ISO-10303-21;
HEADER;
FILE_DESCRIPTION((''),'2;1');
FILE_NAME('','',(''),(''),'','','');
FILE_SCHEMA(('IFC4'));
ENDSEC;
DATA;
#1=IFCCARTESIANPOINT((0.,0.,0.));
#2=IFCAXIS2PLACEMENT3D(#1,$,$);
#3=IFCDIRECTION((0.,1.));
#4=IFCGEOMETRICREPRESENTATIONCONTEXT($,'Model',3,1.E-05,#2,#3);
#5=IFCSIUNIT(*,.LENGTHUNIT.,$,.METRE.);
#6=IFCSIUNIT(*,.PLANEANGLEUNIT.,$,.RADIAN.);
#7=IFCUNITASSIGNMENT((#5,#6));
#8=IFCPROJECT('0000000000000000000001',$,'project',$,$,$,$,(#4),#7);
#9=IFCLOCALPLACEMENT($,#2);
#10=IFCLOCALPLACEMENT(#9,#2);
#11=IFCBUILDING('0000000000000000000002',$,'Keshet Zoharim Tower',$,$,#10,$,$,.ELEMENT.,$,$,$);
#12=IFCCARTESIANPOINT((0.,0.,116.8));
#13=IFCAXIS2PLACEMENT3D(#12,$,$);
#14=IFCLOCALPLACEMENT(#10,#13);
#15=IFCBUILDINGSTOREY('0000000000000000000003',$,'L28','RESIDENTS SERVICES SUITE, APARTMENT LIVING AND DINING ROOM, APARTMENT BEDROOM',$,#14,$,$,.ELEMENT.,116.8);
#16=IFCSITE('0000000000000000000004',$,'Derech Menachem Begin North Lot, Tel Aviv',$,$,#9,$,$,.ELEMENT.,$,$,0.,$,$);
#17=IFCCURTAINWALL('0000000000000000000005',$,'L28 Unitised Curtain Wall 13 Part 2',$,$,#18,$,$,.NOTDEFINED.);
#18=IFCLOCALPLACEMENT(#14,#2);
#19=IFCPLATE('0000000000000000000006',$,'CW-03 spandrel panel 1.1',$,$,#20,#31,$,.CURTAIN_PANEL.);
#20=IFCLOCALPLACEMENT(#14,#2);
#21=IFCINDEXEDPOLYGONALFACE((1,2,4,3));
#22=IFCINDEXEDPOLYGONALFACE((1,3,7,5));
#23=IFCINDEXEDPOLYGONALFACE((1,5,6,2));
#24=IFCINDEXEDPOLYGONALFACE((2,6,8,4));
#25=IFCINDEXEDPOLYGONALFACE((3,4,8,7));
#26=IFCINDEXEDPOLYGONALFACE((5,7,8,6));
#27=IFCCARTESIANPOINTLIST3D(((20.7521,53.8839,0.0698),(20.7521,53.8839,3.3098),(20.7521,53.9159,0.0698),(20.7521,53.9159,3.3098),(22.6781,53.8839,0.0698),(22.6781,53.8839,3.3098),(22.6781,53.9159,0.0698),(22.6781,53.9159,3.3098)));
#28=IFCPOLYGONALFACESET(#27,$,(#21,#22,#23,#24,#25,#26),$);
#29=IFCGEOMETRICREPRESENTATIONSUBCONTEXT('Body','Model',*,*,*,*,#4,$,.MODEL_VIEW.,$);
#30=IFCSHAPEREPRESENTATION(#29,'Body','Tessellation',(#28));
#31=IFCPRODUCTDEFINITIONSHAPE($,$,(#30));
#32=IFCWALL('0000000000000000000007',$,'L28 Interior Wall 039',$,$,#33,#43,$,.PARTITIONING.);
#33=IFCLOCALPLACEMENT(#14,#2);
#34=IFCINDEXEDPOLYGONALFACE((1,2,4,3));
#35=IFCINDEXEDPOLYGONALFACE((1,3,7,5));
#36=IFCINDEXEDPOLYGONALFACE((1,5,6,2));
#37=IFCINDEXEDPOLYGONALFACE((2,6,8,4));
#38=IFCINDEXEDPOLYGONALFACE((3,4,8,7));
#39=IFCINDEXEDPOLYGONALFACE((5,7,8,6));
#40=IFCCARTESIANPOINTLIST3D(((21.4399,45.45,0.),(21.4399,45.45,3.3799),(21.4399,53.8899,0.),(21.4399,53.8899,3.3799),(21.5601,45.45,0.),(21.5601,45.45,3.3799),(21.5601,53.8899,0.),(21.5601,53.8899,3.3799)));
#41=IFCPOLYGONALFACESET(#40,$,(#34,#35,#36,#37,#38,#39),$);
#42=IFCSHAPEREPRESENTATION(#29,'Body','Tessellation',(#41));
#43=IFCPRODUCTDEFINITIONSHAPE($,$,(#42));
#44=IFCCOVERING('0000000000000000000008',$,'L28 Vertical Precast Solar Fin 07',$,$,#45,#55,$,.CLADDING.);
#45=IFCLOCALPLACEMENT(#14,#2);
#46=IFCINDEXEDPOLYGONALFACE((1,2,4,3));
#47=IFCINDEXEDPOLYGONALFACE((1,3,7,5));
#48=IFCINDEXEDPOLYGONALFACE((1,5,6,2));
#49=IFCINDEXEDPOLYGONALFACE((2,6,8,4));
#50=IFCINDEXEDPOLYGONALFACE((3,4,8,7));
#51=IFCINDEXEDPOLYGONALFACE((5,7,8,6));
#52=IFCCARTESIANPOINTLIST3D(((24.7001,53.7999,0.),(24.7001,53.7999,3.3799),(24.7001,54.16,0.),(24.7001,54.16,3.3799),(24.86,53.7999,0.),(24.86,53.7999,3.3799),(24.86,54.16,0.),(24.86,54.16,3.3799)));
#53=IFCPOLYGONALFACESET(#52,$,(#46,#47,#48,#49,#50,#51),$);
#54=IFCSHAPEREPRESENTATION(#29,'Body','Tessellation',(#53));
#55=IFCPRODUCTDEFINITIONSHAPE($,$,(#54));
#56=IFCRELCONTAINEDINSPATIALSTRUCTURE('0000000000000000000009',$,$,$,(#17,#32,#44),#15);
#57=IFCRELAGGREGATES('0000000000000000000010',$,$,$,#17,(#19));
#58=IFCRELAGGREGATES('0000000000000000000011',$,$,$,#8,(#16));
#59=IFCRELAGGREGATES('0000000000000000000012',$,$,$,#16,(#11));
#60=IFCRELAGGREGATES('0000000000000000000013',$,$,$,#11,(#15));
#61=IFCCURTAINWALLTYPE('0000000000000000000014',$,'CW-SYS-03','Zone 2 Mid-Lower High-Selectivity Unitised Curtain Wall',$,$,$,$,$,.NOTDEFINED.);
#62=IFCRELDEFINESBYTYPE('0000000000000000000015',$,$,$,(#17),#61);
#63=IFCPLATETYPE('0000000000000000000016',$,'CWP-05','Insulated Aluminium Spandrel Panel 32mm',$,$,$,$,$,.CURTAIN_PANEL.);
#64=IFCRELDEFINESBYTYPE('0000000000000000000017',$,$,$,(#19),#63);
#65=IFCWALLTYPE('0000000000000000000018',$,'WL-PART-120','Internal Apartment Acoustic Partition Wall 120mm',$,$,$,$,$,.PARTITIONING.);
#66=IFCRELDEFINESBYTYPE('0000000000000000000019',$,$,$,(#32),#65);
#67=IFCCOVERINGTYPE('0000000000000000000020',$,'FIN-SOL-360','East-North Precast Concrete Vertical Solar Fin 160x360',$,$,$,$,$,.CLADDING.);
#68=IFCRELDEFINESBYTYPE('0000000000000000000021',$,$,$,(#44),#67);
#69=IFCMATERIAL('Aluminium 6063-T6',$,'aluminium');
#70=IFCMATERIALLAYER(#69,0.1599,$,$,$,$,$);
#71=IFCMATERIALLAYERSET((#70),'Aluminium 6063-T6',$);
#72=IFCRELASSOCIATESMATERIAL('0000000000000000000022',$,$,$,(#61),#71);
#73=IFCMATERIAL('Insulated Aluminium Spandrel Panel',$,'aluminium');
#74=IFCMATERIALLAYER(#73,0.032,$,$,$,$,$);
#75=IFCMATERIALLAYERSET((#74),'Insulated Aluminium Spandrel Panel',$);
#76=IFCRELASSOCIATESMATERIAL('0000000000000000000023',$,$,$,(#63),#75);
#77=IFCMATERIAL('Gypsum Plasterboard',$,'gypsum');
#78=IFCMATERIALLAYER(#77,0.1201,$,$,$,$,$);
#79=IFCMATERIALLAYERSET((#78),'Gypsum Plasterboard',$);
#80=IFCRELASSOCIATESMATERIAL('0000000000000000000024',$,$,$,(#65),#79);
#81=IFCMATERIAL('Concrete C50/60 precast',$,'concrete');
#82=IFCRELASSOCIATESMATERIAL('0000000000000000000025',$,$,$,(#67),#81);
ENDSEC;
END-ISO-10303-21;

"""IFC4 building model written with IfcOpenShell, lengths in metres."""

from ifc_helpers import new_model, si_unit, direction, frame, frame_2d, origin, origin_2d, place, context, subcontext, project, spatial, rectangle, extrude, material, layer, layer_set, type_object, element, aggregate, save


model = new_model("IFC4")

# Units and contexts
model_context = context("Model", 3, precision=1e-05, world=origin(), true_north=direction((0.0, 1.0)))
body_context = subcontext(model_context, "Body", "Model", "MODEL_VIEW")
ifc_project = project(units=[si_unit("LENGTHUNIT", "METRE"), si_unit("PLANEANGLEUNIT", "RADIAN")], contexts=[model_context])

# Site, building, storey
site_placement = place(None, origin())
site = spatial("IfcSite", under=ifc_project, at=site_placement, Name="Derech Menachem Begin North Lot, Tel Aviv", CompositionType="ELEMENT", RefElevation=0.0)
building_placement = place(site_placement, origin())
building = spatial("IfcBuilding", under=site, at=building_placement, Name="Keshet Zoharim Tower", CompositionType="ELEMENT")
storey_placement = place(building_placement, frame((0.0, 0.0, 116.8)))
storey = spatial("IfcBuildingStorey", under=building, at=storey_placement, Name="L28", Description="RESIDENTS SERVICES SUITE, APARTMENT LIVING AND DINING ROOM, APARTMENT BEDROOM", CompositionType="ELEMENT", Elevation=116.8)

# Curtain wall
ifc_material_1 = material(Name="Aluminium 6063-T6", Category="aluminium")
ifc_layer_1 = layer(ifc_material_1, 0.1599)
ifc_layer_set_1 = layer_set([ifc_layer_1], Name="Aluminium 6063-T6")
curtain_wall_type = type_object("IfcCurtainWallType", Name="CW-SYS-03", Description="Zone 2 Mid-Lower High-Selectivity Unitised Curtain Wall", PredefinedType="NOTDEFINED", material=ifc_layer_set_1)
curtain_wall_1_placement = place(storey_placement, origin())
curtain_wall_1 = element("IfcCurtainWall", 1, at=curtain_wall_1_placement, inside=storey, type_object=curtain_wall_type, Name="L28 Unitised Curtain Wall 13 Part 2", PredefinedType="NOTDEFINED")

# Plate
ifc_material_2 = material(Name="Insulated Aluminium Spandrel Panel", Category="aluminium")
ifc_layer_2 = layer(ifc_material_2, 0.032)
ifc_layer_set_2 = layer_set([ifc_layer_2], Name="Insulated Aluminium Spandrel Panel")
plate_type_1 = type_object("IfcPlateType", Name="CWP-05", Description="Insulated Aluminium Spandrel Panel 32mm", PredefinedType="CURTAIN_PANEL", material=ifc_layer_set_2)
plate_1_placement = place(storey_placement, frame((21.7151, 53.8999, 0.0698), z_axis=(0.0, 0.0, 1.0), x_axis=(1.0, 0.0, 0.0)))
plate_1 = element("IfcPlate", 2, at=plate_1_placement, type_object=plate_type_1, Name="CW-03 spandrel panel 1.1", PredefinedType="CURTAIN_PANEL", context=body_context, shape_type="SweptSolid", body=[
    extrude(rectangle(XDim=1.926, YDim=0.032, at=origin_2d()), origin(), (0.0, 0.0, 1.0), 3.24),
])
aggregate(curtain_wall_1, [plate_1])

# Wall
ifc_material_3 = material(Name="Gypsum Plasterboard", Category="gypsum")
ifc_layer_3 = layer(ifc_material_3, 0.1201)
ifc_layer_set_3 = layer_set([ifc_layer_3], Name="Gypsum Plasterboard")
wall_type = type_object("IfcWallType", Name="WL-PART-120", Description="Internal Apartment Acoustic Partition Wall 120mm", PredefinedType="PARTITIONING", material=ifc_layer_set_3)
wall_placement = place(storey_placement, frame((21.5, 45.45, 0.0), z_axis=(0.0, 0.0, 1.0), x_axis=(0.0, 1.0, 0.0)))
element("IfcWall", 3, at=wall_placement, inside=storey, type_object=wall_type, Name="L28 Interior Wall 039", PredefinedType="PARTITIONING", context=body_context, shape_type="SweptSolid", body=[
    extrude(rectangle(XDim=8.4399, YDim=0.1201, at=frame_2d((4.22, 0.0))), origin(), (0.0, 0.0, 1.0), 3.3799),
])

# Covering
ifc_material_4 = material(Name="Concrete C50/60 precast", Category="concrete")
covering_type = type_object("IfcCoveringType", Name="FIN-SOL-360", Description="East-North Precast Concrete Vertical Solar Fin 160x360", PredefinedType="CLADDING", material=ifc_material_4)
covering_placement = place(storey_placement, frame((24.78, 53.98, 0.0), z_axis=(0.0, 0.0, 1.0), x_axis=(1.0, 0.0, 0.0)))
element("IfcCovering", 4, at=covering_placement, inside=storey, type_object=covering_type, Name="L28 Vertical Precast Solar Fin 07", PredefinedType="CLADDING", context=body_context, shape_type="SweptSolid", body=[
    extrude(rectangle(XDim=0.1599, YDim=0.3601, at=origin_2d()), origin(), (0.0, 0.0, 1.0), 3.3799),
])

save(model, "model.ifc")
